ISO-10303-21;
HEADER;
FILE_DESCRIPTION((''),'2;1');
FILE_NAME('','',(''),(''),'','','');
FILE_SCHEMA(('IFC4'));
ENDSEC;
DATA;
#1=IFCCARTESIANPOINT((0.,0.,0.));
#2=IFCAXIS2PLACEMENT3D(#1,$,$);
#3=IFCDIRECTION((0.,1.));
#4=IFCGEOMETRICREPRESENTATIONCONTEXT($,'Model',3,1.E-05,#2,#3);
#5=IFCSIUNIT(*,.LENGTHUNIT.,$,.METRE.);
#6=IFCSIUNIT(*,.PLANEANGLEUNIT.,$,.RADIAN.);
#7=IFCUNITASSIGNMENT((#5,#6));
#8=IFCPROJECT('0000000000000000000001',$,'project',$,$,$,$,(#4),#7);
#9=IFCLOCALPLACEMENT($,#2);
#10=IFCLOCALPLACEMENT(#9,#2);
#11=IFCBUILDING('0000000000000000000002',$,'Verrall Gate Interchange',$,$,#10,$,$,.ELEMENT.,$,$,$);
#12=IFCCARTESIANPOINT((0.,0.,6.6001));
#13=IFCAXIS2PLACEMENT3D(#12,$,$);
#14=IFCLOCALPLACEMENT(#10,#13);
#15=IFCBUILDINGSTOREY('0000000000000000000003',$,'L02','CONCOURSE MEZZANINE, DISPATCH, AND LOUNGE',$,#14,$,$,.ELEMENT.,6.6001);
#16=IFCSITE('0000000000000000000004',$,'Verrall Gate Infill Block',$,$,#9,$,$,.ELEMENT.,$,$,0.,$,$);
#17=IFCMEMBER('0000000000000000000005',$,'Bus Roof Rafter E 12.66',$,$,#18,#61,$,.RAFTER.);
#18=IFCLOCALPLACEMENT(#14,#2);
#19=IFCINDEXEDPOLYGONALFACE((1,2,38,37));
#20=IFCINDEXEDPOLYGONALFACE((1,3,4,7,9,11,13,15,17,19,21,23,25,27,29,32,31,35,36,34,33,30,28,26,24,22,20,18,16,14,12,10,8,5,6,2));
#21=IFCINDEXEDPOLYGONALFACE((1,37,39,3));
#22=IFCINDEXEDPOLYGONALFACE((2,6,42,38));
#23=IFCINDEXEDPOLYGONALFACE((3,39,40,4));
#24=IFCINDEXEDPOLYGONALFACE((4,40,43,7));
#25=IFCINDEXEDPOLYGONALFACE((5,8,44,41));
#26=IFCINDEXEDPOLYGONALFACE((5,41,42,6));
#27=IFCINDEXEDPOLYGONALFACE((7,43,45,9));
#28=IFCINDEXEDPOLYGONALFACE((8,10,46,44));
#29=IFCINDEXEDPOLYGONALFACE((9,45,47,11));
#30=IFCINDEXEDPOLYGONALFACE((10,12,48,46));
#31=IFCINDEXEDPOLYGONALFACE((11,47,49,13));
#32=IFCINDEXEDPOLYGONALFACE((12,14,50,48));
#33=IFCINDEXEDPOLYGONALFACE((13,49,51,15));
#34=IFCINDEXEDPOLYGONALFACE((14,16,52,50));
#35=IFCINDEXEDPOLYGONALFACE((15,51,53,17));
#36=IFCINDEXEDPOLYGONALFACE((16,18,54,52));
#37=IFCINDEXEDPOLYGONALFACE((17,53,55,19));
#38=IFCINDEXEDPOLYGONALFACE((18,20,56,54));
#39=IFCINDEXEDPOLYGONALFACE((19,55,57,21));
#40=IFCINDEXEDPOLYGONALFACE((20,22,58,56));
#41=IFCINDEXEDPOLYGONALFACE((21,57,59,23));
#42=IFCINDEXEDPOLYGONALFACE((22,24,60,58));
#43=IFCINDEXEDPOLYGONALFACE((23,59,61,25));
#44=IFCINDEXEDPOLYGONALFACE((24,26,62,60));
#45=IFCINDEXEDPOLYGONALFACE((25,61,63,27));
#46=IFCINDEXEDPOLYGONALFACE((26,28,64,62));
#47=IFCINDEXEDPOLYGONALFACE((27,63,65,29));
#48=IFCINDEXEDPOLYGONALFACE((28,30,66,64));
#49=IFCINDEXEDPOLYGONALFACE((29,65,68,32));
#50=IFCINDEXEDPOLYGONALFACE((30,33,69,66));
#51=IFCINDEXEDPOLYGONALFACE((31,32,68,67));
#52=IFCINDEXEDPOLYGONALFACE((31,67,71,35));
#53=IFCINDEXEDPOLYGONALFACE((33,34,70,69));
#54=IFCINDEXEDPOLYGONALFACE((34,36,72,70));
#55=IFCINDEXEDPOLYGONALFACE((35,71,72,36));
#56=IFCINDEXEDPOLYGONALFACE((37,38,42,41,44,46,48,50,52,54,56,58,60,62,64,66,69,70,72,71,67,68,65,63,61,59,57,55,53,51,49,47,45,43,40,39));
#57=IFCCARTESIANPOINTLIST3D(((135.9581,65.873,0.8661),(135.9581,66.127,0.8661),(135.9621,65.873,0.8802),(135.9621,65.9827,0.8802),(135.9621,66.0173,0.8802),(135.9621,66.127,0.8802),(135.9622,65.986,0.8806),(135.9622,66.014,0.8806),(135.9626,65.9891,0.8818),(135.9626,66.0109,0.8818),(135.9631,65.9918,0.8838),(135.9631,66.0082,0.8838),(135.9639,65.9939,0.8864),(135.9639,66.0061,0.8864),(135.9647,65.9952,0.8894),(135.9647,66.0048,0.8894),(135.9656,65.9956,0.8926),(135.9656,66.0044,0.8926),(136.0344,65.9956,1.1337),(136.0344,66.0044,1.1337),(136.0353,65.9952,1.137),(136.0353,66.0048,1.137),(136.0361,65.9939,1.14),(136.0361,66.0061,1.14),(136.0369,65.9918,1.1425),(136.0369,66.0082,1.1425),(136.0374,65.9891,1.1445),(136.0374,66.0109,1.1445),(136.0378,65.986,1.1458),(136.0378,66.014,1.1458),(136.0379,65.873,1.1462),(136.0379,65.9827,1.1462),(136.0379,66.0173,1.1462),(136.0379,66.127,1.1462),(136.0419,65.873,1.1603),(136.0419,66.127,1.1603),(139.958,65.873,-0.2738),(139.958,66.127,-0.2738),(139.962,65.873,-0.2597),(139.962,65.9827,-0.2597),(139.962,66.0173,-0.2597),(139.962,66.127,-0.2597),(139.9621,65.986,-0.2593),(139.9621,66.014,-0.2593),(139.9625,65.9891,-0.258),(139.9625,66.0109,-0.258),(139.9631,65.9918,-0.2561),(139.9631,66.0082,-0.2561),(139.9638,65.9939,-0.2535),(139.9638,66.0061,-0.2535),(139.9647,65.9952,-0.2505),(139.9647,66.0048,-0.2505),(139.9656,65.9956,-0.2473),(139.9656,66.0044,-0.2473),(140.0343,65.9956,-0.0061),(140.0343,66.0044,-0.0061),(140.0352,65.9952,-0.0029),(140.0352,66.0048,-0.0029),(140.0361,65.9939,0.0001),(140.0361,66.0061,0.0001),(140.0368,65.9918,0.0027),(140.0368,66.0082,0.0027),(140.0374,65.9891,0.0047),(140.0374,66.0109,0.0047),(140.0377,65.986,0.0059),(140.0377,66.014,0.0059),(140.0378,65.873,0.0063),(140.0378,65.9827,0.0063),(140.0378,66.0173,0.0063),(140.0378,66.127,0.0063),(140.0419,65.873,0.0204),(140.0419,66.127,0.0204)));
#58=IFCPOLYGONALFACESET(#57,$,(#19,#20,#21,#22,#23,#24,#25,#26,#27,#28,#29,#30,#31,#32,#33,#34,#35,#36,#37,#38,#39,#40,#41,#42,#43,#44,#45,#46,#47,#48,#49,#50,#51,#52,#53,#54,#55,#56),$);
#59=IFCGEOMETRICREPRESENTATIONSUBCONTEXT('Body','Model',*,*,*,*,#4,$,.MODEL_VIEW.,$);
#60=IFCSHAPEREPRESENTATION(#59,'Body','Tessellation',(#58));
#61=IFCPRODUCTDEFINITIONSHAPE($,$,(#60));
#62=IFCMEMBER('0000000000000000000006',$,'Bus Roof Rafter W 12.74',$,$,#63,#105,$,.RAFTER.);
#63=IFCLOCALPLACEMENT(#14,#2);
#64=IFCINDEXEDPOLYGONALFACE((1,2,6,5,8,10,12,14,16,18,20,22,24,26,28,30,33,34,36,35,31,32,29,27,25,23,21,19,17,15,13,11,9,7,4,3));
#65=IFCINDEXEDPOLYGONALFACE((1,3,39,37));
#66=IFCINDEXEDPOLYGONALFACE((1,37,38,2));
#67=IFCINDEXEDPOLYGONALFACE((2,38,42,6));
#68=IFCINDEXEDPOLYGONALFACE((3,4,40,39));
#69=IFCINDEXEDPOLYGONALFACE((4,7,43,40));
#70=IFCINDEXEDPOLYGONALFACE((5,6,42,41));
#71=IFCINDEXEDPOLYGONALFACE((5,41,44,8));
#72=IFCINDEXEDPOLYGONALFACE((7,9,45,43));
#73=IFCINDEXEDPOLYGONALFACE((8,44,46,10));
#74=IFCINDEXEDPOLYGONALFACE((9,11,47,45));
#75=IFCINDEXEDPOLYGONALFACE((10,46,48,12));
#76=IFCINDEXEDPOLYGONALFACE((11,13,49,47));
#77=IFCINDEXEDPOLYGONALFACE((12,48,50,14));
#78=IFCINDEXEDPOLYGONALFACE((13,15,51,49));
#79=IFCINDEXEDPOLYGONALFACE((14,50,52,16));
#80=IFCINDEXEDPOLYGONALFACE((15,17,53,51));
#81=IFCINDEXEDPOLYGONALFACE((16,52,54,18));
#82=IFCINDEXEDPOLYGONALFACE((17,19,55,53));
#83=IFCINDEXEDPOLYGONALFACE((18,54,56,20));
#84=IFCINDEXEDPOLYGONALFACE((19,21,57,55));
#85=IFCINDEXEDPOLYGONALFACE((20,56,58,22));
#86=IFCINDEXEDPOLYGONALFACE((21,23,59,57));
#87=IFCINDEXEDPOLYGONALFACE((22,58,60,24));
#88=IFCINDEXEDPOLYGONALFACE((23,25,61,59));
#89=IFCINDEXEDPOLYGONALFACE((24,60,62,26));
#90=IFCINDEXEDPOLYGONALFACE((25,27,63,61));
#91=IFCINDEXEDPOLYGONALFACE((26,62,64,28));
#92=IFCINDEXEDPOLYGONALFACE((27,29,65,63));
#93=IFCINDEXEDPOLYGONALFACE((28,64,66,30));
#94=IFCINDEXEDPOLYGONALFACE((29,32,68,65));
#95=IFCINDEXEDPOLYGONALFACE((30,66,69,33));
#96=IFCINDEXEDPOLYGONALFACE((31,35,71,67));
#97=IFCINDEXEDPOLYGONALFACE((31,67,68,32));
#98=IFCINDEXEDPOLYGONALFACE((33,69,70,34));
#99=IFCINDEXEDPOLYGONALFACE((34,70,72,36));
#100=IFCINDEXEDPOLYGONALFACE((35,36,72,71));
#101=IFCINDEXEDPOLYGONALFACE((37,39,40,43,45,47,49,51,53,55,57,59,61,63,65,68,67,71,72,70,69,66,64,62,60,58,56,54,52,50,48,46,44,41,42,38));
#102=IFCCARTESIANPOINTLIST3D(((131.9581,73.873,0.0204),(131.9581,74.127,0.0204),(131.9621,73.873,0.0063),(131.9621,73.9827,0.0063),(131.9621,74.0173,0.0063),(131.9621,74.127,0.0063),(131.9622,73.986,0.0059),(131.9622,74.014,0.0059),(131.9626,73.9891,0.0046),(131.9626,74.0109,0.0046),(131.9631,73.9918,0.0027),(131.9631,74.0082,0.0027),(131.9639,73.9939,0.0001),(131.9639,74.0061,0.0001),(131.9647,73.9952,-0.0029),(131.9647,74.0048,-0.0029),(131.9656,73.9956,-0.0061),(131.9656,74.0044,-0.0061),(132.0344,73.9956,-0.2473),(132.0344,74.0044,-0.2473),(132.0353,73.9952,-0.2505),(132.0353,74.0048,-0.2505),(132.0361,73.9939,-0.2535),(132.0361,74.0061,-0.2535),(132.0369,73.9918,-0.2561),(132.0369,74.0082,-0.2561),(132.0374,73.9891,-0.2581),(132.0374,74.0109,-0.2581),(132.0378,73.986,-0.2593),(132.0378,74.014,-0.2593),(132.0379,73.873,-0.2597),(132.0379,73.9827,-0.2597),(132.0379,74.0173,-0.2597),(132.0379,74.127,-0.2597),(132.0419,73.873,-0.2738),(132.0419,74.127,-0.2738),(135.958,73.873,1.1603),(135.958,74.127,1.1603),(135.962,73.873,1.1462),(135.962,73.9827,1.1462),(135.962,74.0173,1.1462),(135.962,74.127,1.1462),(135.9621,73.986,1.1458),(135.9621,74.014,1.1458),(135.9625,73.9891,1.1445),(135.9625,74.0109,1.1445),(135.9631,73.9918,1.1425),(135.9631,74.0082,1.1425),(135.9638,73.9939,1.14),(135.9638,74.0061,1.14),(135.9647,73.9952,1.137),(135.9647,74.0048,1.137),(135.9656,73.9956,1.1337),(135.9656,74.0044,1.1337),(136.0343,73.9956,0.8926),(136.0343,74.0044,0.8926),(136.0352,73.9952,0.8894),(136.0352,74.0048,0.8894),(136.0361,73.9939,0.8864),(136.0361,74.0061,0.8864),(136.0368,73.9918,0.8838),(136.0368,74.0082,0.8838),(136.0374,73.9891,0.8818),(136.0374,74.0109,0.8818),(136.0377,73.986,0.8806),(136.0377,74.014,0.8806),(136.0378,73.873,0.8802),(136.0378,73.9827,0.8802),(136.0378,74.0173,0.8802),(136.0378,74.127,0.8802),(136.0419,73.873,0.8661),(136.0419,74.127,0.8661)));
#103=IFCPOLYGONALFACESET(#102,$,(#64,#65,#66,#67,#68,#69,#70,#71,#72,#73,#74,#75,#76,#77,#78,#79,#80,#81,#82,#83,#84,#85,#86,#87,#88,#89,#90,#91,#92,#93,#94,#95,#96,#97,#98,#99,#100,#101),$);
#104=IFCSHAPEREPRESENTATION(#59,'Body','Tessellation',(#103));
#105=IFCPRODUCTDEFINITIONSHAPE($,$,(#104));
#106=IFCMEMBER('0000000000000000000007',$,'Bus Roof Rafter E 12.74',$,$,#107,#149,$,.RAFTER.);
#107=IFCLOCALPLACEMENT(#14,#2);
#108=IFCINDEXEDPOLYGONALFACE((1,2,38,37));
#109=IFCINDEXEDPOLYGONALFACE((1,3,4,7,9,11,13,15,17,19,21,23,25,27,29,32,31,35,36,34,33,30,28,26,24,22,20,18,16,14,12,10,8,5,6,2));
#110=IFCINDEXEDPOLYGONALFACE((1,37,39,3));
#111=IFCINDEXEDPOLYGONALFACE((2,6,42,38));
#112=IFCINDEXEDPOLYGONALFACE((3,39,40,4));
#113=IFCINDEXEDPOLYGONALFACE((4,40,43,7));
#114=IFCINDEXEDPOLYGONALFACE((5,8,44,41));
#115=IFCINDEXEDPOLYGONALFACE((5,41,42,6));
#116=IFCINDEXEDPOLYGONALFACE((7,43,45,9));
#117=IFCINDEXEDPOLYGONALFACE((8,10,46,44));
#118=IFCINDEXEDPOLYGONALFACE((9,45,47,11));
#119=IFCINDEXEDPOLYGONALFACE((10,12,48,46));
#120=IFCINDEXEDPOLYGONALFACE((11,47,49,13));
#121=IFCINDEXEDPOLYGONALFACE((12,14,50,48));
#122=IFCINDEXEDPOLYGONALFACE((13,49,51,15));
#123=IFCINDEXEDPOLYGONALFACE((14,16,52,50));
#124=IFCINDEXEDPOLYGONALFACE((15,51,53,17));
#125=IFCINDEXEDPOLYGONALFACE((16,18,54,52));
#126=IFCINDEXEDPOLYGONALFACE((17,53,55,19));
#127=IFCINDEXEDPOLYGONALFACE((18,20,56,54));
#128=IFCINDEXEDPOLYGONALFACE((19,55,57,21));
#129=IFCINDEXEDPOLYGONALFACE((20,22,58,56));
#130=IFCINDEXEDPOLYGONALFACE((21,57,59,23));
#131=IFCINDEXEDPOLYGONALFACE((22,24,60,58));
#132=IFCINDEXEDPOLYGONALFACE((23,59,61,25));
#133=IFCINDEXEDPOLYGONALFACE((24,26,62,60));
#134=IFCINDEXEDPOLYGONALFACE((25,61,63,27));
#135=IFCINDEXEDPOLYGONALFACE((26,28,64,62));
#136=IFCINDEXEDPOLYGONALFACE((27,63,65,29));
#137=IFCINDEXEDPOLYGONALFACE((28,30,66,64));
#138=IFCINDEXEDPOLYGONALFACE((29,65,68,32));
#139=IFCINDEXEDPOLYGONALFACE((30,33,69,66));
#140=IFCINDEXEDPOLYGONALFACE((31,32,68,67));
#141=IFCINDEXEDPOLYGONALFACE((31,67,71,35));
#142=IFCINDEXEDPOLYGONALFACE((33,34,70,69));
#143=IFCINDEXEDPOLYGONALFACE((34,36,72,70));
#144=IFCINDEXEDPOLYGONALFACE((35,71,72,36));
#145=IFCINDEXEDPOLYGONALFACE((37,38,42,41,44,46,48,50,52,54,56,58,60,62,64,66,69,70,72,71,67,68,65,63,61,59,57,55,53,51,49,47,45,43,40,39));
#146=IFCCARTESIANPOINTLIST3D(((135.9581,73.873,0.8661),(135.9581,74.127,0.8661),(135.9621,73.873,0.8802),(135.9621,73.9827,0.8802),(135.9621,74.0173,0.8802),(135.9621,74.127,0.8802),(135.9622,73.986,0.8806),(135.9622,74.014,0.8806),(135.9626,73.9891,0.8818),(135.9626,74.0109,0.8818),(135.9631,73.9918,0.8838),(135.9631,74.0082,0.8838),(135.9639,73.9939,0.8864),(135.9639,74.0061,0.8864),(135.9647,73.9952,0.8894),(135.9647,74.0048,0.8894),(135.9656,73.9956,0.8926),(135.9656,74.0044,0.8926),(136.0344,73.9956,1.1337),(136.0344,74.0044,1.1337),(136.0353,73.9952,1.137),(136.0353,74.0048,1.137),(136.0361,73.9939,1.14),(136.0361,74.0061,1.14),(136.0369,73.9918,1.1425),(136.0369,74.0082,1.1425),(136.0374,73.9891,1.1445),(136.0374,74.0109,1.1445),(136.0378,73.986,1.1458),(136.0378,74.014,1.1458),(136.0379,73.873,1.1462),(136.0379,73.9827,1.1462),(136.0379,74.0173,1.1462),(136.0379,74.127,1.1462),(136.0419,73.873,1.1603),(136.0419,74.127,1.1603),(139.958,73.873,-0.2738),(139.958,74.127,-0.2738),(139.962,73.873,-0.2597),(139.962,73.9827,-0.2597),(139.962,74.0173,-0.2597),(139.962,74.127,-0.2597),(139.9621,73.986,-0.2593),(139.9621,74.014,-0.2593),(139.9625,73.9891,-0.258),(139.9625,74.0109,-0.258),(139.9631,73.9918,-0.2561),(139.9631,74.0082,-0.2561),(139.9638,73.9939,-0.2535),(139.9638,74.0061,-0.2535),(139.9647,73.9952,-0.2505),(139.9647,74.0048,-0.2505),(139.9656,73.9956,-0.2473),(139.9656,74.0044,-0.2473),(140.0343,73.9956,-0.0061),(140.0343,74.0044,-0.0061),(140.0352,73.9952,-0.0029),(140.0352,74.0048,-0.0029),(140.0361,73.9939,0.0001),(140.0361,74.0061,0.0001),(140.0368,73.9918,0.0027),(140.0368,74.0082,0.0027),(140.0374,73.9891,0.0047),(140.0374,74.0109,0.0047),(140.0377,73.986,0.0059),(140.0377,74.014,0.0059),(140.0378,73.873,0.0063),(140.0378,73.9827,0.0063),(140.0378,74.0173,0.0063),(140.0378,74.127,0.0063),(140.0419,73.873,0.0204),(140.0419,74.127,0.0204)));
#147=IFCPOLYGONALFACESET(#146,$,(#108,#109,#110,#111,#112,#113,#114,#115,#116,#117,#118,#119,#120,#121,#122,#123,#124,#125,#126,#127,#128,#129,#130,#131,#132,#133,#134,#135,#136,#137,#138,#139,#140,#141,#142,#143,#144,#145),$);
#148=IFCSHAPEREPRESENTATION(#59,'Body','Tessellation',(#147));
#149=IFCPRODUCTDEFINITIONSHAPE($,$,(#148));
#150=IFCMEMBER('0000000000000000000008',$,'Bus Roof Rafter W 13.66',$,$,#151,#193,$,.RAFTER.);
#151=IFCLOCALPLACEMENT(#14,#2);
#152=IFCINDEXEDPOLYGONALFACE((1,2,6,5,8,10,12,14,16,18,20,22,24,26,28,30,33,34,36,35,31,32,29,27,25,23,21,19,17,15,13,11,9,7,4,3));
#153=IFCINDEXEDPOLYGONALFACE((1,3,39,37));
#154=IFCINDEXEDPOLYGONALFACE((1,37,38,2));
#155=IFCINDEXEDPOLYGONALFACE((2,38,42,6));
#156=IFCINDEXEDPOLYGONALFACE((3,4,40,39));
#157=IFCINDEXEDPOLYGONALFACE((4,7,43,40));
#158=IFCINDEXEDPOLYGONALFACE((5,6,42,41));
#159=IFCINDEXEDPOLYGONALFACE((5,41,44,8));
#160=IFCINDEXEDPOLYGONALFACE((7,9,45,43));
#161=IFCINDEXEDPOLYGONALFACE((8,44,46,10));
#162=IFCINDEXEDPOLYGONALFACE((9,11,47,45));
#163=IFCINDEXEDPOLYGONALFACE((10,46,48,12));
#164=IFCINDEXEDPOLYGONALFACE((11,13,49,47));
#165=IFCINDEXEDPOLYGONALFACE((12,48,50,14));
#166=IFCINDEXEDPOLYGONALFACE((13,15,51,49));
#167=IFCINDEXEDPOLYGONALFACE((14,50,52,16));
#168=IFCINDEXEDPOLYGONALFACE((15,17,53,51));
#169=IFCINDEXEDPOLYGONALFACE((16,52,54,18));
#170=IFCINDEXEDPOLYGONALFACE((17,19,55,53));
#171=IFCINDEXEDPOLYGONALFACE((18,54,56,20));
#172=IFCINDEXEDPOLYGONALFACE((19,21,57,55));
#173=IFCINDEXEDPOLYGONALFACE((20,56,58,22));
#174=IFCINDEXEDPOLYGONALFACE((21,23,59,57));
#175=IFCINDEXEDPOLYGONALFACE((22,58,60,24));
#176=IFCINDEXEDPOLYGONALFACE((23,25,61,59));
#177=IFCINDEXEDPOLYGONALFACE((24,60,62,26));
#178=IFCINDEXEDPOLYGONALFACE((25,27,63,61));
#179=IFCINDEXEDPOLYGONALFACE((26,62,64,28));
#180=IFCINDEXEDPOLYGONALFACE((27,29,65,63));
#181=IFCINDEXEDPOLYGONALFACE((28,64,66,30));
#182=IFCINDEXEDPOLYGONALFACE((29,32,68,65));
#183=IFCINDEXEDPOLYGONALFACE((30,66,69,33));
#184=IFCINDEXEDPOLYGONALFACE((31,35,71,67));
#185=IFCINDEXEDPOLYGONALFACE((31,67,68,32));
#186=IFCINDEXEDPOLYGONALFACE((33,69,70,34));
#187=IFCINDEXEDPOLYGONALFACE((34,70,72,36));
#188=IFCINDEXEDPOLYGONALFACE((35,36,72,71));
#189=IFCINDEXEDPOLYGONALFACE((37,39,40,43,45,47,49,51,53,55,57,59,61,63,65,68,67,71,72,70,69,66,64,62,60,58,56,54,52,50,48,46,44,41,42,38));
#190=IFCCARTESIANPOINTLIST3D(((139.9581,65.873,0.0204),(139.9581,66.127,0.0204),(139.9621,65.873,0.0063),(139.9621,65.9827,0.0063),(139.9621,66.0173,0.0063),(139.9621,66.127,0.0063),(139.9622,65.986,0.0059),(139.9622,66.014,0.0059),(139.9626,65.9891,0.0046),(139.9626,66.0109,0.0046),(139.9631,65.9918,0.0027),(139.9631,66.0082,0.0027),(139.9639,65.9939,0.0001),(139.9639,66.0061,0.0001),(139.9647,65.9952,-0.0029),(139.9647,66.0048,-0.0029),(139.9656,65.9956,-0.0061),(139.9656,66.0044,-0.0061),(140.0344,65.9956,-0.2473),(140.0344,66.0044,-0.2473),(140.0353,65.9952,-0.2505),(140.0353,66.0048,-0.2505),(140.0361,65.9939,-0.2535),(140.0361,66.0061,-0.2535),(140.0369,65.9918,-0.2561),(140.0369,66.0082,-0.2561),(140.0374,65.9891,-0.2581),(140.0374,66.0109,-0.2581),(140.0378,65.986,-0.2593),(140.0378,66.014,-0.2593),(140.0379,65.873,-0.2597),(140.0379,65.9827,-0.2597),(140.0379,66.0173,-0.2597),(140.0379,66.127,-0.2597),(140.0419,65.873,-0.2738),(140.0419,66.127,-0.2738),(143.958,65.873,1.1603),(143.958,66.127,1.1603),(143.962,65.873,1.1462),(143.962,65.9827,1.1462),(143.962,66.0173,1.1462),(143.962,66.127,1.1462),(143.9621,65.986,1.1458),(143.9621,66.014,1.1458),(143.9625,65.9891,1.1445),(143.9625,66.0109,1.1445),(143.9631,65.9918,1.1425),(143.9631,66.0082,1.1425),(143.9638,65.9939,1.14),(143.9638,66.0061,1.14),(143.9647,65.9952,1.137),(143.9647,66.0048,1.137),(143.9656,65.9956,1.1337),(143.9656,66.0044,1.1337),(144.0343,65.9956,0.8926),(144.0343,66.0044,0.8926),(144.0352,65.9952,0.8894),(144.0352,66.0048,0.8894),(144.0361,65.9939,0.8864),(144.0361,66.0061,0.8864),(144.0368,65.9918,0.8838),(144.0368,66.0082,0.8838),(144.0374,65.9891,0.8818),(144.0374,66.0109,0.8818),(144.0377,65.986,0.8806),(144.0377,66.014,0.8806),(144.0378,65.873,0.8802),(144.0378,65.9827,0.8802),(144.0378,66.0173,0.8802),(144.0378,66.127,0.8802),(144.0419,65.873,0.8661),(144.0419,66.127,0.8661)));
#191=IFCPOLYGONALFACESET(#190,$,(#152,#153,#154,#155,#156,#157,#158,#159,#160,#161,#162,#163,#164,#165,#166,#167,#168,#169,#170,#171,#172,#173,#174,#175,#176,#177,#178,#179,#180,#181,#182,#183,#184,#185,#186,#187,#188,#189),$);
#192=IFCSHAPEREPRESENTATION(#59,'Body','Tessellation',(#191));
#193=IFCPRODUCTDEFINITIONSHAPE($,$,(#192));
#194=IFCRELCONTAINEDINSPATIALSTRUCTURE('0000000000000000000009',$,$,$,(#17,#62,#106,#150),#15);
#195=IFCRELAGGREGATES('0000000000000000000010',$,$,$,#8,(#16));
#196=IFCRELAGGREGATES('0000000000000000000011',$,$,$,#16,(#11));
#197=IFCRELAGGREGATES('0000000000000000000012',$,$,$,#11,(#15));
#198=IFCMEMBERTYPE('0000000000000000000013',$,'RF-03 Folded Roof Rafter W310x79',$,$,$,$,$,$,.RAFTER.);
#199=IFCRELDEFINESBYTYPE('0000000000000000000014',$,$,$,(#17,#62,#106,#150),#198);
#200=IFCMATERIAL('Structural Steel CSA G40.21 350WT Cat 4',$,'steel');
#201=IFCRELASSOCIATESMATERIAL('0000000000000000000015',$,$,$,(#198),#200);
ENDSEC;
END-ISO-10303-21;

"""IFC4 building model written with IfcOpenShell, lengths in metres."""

from ifc_helpers import new_model, si_unit, direction, frame, origin, origin_2d, place, context, subcontext, project, spatial, i_section, extrude, material, material_profile, profile_set, type_object, element, save


model = new_model("IFC4")

# Units and contexts
model_context = context("Model", 3, precision=1e-05, world=origin(), true_north=direction((0.0, 1.0)))
body_context = subcontext(model_context, "Body", "Model", "MODEL_VIEW")
ifc_project = project(units=[si_unit("LENGTHUNIT", "METRE"), si_unit("PLANEANGLEUNIT", "RADIAN")], contexts=[model_context])

# Site, building, storey
site_placement = place(None, origin())
site = spatial("IfcSite", under=ifc_project, at=site_placement, Name="Verrall Gate Infill Block", CompositionType="ELEMENT", RefElevation=0.0)
building_placement = place(site_placement, origin())
building = spatial("IfcBuilding", under=site, at=building_placement, Name="Verrall Gate Interchange", CompositionType="ELEMENT")
storey_placement = place(building_placement, frame((0.0, 0.0, 6.6001)))
storey = spatial("IfcBuildingStorey", under=building, at=storey_placement, Name="L02", Description="CONCOURSE MEZZANINE, DISPATCH, AND LOUNGE", CompositionType="ELEMENT", Elevation=6.6001)

# Members
ifc_material_1 = material(Name="Structural Steel CSA G40.21 350WT Cat 4", Category="steel")
ifc_material_profile_1 = material_profile(ifc_material_1, i_section(OverallWidth=0.2539, OverallDepth=0.3059, WebThickness=0.0088, FlangeThickness=0.0146, FilletRadius=0.0129, at=origin_2d()), Name="W310x79")
ifc_profile_set_1 = profile_set([ifc_material_profile_1], Name="Structural Steel CSA G40.21 350WT Cat 4")
member_type_1 = type_object("IfcMemberType", Name="RF-03 Folded Roof Rafter W310x79", PredefinedType="RAFTER", material=ifc_profile_set_1)
for number, where, z_axis, x_axis, name in (
    (1, (136.0, 66.0, 1.0132), (0.961712, 0.0, -0.274062), (0.0, 1.0, 0.0), "Bus Roof Rafter E 12.66"),
    (2, (132.0, 74.0, -0.1267), (0.961712, 0.0, 0.274062), (0.0, 1.0, 0.0), "Bus Roof Rafter W 12.74"),
    (3, (136.0, 74.0, 1.0132), (0.961712, 0.0, -0.274062), (0.0, 1.0, 0.0), "Bus Roof Rafter E 12.74"),
    (4, (140.0, 66.0, -0.1267), (0.961712, 0.0, 0.274062), (0.0, 1.0, 0.0), "Bus Roof Rafter W 13.66"),
):
    element("IfcMember", number, at=place(storey_placement, frame(where, z_axis=z_axis, x_axis=x_axis)), inside=storey, type_object=member_type_1, Name=name, PredefinedType="RAFTER", context=body_context, shape_type="SweptSolid", body=[
        extrude(i_section(OverallWidth=0.2539, OverallDepth=0.3059, WebThickness=0.0088, FlangeThickness=0.0146, FilletRadius=0.0129, at=origin_2d()), origin(), (0.0, 0.0, 1.0), 4.1592),
    ])

save(model, "model.ifc")
